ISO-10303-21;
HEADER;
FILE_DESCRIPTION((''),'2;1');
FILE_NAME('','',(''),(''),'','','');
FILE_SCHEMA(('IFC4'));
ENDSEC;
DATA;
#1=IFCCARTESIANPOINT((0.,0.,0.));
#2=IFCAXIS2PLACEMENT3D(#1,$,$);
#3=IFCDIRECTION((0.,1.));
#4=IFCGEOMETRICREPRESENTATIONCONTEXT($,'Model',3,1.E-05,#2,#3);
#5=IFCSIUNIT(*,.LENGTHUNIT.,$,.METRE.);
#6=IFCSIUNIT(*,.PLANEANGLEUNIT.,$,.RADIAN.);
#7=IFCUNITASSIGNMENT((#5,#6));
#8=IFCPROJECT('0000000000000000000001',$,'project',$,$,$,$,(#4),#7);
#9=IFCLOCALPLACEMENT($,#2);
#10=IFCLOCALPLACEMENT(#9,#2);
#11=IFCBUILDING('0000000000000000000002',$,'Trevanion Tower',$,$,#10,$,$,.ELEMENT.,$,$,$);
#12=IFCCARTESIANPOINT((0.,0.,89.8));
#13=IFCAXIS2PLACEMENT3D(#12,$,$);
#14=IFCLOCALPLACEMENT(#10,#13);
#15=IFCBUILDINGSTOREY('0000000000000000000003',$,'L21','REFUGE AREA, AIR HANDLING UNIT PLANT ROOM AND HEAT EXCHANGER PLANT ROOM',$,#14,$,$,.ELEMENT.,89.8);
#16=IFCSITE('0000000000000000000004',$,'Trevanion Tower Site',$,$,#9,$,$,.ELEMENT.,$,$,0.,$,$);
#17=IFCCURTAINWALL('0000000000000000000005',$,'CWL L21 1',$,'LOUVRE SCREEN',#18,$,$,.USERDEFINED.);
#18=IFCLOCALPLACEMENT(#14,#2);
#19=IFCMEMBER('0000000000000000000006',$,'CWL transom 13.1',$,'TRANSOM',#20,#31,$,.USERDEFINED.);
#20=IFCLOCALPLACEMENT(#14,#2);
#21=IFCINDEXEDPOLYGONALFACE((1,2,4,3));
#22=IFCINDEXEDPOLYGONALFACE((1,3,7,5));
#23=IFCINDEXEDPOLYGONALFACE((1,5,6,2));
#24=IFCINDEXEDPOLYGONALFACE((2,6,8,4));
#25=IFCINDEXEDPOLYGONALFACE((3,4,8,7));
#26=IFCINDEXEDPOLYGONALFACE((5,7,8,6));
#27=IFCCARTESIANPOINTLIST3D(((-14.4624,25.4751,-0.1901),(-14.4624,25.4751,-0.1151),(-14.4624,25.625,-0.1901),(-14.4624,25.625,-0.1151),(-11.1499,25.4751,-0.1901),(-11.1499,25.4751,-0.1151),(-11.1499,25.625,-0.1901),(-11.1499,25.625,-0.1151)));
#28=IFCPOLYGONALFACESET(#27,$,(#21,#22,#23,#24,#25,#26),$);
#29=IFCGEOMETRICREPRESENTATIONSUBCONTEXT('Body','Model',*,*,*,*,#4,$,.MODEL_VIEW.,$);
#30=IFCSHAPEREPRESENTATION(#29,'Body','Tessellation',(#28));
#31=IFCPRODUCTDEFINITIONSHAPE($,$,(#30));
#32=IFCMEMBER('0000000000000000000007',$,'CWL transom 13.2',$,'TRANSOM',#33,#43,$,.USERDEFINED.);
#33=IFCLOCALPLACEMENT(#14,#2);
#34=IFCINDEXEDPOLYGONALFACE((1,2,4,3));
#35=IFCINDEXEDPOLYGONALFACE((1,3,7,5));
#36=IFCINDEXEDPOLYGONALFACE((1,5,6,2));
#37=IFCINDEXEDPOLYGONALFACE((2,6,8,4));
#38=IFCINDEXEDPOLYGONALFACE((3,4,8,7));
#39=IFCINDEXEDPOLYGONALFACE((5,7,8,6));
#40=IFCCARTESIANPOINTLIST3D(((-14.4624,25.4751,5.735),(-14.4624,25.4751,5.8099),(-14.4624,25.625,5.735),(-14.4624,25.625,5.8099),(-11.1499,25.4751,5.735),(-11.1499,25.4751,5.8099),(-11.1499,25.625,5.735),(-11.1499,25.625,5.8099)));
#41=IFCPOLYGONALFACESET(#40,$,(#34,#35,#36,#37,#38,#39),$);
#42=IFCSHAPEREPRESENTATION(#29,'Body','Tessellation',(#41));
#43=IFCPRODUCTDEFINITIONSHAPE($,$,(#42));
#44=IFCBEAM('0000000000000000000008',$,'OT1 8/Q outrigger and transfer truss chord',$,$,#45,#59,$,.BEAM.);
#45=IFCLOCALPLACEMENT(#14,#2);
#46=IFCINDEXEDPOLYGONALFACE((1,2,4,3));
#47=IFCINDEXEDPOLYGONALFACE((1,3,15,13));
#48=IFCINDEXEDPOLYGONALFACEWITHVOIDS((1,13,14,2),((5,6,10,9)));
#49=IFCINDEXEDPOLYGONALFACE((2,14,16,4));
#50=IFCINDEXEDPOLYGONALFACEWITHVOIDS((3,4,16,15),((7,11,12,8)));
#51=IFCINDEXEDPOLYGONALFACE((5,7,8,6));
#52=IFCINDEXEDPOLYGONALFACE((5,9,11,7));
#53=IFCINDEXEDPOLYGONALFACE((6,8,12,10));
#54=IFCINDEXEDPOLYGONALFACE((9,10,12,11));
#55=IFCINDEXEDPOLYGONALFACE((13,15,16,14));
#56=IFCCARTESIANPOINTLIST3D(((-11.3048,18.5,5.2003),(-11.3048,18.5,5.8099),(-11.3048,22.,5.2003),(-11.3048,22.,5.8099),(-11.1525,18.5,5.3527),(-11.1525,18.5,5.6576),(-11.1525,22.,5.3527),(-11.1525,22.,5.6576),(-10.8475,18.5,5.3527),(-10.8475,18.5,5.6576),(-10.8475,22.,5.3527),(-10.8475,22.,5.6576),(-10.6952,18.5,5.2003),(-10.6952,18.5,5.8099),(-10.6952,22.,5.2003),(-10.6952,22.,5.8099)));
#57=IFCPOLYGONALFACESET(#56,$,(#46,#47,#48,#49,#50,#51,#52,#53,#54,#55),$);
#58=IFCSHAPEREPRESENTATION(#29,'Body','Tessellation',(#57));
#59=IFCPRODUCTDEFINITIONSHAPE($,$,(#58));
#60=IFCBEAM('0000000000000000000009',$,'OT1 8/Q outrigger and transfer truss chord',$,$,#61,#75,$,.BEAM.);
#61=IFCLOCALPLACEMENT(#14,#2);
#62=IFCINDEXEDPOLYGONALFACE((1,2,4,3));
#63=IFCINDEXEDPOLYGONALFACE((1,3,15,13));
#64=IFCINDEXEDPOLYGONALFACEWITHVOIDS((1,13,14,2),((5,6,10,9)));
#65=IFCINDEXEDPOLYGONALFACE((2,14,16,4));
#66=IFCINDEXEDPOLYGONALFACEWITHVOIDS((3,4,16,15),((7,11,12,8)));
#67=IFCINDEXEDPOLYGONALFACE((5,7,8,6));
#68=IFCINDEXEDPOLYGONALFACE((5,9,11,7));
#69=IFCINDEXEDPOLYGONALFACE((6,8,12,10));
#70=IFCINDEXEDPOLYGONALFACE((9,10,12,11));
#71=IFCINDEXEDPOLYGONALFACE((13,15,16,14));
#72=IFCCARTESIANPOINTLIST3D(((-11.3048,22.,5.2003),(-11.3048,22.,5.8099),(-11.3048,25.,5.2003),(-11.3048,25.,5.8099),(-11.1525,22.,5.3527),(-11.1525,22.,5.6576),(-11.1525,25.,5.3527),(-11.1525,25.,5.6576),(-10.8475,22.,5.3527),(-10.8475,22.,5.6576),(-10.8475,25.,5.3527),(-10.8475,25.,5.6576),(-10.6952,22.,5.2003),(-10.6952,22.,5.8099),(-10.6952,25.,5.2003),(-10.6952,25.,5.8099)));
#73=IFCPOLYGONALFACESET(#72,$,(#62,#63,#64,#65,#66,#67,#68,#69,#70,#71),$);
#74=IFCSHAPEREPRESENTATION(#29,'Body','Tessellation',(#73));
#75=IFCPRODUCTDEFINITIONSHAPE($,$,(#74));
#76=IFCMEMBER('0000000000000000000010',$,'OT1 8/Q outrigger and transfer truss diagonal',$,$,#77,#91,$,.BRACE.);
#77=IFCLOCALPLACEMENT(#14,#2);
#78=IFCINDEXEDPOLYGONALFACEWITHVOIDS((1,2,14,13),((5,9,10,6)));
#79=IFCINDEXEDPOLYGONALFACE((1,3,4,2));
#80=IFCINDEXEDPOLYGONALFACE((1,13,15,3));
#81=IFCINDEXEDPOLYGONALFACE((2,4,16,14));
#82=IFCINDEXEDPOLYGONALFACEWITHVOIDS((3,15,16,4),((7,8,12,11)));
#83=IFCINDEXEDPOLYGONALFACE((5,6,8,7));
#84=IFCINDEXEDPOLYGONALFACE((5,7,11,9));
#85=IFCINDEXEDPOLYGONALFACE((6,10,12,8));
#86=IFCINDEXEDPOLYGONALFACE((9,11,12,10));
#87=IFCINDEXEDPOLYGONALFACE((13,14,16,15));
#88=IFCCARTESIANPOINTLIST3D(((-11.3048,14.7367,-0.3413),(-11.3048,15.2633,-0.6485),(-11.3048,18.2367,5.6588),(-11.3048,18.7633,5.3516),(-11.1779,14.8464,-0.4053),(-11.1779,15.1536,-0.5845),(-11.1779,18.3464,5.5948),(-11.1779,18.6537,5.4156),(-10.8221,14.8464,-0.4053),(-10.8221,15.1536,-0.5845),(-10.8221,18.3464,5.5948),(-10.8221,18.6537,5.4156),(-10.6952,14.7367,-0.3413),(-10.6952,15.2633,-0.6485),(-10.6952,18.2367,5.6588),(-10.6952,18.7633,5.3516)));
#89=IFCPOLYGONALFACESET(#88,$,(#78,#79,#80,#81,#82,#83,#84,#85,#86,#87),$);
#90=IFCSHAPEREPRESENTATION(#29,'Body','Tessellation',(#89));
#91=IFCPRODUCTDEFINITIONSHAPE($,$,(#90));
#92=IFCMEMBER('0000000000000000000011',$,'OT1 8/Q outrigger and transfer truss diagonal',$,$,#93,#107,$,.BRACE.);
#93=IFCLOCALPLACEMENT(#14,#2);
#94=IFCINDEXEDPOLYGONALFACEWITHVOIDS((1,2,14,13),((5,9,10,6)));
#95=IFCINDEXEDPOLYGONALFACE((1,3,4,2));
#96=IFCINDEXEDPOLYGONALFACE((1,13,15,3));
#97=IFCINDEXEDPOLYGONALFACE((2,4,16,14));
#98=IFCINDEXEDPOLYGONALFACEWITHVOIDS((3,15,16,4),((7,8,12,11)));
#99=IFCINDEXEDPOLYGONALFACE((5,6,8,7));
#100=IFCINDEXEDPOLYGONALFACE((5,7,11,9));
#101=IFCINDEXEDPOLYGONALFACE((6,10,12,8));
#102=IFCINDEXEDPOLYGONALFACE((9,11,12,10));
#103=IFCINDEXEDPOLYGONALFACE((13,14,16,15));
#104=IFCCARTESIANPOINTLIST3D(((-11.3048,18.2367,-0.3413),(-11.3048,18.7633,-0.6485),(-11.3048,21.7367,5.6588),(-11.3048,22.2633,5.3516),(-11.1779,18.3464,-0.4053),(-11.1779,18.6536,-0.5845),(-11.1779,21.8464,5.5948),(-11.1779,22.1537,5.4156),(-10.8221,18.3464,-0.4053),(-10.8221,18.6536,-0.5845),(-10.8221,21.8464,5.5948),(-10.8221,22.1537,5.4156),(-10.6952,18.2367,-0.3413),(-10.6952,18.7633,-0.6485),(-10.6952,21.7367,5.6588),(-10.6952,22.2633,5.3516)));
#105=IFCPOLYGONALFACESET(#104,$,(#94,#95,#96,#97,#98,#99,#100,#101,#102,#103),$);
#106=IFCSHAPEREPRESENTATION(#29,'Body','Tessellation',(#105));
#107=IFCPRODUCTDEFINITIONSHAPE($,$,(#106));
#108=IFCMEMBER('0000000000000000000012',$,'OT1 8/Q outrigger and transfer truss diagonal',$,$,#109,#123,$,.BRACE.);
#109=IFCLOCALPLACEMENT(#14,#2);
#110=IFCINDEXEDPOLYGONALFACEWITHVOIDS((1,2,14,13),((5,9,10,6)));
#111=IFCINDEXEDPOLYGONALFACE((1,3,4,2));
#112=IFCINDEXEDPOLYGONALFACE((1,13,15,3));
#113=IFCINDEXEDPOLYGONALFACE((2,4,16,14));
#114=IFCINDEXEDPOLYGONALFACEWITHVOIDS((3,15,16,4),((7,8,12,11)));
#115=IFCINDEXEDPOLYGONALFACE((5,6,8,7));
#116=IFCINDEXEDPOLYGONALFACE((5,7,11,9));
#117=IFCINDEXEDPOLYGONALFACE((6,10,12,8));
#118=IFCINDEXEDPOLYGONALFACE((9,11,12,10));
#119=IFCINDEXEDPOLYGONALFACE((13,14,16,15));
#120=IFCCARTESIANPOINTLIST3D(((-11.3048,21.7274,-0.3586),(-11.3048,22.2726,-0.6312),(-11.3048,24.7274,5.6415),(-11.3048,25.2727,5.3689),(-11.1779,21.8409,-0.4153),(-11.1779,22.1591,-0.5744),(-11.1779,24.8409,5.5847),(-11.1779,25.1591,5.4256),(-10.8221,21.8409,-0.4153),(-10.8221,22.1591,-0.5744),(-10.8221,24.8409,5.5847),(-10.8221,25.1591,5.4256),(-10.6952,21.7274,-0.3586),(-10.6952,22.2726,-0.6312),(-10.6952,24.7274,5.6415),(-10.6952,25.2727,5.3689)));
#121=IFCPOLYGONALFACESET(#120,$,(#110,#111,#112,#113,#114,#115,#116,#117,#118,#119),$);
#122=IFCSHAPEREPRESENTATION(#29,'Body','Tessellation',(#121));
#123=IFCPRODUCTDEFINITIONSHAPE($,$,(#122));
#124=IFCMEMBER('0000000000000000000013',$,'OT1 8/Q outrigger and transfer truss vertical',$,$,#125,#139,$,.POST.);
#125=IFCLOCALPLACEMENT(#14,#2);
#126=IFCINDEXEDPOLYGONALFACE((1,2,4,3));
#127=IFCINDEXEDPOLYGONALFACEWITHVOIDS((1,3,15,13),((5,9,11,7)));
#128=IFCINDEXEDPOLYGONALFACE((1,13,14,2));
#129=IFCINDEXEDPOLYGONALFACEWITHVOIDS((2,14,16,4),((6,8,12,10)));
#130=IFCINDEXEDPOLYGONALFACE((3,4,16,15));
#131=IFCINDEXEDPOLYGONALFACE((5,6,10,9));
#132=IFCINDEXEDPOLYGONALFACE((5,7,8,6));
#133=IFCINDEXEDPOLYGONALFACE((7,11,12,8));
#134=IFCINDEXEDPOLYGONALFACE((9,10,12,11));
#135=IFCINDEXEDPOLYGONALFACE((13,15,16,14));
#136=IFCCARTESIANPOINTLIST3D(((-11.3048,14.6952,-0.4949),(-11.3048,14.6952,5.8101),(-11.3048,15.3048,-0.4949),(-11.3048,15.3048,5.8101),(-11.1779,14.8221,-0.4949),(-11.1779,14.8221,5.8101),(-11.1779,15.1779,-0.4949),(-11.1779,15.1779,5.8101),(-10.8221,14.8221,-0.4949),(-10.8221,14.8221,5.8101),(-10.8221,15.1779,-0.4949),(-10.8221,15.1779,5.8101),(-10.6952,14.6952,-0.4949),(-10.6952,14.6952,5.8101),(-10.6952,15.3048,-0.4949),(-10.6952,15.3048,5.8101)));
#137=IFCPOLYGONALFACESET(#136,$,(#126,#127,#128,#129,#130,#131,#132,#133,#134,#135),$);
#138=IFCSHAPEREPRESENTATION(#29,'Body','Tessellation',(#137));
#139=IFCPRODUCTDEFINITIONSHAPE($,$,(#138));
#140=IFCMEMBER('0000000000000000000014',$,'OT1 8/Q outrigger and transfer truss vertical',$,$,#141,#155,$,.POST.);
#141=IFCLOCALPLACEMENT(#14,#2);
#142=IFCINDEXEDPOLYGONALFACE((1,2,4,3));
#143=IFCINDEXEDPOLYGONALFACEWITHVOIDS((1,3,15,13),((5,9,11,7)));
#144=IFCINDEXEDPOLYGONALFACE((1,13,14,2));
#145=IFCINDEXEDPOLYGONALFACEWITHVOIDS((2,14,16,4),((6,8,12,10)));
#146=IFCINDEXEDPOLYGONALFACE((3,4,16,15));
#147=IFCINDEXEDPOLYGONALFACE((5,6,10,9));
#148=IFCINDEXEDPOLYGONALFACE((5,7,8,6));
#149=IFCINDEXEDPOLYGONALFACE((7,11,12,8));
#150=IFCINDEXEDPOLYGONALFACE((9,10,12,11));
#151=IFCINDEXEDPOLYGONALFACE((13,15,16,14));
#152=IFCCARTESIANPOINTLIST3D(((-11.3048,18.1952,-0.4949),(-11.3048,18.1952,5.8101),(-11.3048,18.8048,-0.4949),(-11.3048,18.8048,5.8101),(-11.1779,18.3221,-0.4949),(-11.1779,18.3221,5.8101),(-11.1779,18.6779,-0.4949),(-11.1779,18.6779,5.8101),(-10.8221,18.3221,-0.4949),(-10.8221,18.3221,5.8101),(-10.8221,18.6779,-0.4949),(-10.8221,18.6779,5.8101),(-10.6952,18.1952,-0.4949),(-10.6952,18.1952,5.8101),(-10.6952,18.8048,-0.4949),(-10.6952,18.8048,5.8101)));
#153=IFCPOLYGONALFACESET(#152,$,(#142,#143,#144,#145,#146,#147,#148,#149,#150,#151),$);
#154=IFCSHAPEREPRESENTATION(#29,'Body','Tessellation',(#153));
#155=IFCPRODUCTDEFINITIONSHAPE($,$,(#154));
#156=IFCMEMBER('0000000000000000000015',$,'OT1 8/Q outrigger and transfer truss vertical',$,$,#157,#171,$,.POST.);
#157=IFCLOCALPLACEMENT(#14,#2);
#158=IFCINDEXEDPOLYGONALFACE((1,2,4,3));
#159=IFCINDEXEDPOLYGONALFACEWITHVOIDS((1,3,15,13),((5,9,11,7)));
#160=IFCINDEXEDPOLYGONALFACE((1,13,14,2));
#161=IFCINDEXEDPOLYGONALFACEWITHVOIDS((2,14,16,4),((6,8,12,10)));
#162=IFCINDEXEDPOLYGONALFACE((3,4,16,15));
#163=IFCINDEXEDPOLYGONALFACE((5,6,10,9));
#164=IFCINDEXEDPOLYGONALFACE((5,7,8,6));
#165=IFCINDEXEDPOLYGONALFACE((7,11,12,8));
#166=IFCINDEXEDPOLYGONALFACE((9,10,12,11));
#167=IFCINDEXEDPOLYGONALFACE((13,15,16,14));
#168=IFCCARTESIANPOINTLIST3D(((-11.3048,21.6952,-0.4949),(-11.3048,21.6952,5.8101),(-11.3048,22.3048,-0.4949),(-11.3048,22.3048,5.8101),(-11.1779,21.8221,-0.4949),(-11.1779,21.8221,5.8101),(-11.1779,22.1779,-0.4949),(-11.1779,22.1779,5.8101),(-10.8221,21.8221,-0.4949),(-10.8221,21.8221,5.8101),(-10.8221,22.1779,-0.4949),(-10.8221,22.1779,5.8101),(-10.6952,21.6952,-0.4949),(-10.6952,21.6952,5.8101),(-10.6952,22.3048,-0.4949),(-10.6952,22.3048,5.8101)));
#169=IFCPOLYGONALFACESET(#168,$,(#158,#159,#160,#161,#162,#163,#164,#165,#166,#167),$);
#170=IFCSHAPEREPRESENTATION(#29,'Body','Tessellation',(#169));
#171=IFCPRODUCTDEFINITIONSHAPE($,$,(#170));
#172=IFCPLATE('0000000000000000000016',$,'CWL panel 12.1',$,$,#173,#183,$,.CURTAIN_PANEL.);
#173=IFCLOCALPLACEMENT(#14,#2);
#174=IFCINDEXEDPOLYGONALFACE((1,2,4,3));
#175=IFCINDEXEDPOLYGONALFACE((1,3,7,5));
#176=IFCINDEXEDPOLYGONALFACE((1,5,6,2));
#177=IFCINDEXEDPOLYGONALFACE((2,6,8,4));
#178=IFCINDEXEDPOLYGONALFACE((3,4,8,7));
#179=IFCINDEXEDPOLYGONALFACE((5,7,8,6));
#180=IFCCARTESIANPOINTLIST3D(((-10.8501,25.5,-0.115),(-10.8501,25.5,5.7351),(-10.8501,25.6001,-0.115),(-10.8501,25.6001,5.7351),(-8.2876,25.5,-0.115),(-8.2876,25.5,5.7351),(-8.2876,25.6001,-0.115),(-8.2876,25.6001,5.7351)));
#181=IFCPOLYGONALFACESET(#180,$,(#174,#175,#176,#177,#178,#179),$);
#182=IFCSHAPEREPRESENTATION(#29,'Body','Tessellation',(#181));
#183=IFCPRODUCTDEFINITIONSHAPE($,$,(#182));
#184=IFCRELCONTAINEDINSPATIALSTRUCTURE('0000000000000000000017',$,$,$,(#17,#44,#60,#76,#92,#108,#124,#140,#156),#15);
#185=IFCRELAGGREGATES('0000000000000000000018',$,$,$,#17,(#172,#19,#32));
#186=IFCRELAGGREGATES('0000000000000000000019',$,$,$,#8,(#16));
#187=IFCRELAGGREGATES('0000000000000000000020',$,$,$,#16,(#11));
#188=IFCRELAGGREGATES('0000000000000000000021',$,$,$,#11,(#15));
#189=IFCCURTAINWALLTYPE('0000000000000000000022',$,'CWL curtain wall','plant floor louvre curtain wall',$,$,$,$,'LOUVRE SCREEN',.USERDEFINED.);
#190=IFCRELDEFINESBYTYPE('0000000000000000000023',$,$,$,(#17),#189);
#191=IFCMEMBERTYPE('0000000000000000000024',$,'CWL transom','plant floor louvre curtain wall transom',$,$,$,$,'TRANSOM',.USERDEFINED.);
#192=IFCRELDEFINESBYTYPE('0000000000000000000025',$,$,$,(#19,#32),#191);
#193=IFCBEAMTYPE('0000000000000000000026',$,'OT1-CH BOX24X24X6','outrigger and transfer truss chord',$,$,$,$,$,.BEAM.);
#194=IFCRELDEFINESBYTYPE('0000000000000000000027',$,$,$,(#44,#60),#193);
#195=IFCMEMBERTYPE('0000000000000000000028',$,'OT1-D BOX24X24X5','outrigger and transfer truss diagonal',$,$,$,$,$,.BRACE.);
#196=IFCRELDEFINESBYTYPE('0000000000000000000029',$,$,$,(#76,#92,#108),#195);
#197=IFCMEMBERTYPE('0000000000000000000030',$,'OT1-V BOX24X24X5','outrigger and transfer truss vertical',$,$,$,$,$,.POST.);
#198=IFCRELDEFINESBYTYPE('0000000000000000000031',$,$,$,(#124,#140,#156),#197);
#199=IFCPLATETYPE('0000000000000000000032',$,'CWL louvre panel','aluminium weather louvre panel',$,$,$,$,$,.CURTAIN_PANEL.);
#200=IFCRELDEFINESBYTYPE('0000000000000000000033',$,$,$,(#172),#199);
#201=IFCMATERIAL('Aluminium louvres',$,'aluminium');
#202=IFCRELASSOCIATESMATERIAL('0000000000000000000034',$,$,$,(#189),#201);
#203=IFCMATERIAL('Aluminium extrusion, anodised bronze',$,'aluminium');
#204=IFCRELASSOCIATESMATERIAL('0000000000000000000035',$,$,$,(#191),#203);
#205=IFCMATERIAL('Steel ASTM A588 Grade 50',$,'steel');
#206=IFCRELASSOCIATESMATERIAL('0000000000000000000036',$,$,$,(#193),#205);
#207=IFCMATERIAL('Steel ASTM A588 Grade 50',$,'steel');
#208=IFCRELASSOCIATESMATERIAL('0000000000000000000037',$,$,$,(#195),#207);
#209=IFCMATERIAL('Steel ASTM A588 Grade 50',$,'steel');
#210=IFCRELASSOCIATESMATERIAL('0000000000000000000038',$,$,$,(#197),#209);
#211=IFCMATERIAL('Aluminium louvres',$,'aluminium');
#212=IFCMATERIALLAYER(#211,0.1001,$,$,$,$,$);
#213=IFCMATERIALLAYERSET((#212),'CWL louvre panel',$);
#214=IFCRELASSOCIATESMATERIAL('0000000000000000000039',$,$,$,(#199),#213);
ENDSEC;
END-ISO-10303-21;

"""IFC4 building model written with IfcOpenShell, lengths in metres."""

from ifc_helpers import new_model, si_unit, direction, frame, origin, origin_2d, place, context, subcontext, project, spatial, rectangle, hollow_rectangle, extrude, material, layer, layer_set, material_profile, profile_set, type_object, element, aggregate, save


model = new_model("IFC4")

# Units and contexts
model_context = context("Model", 3, precision=1e-05, world=origin(), true_north=direction((0.0, 1.0)))
body_context = subcontext(model_context, "Body", "Model", "MODEL_VIEW")
ifc_project = project(units=[si_unit("LENGTHUNIT", "METRE"), si_unit("PLANEANGLEUNIT", "RADIAN")], contexts=[model_context])

# Site, building, storey
site_placement = place(None, origin())
site = spatial("IfcSite", under=ifc_project, at=site_placement, Name="Trevanion Tower Site", CompositionType="ELEMENT", RefElevation=0.0)
building_placement = place(site_placement, origin())
building = spatial("IfcBuilding", under=site, at=building_placement, Name="Trevanion Tower", CompositionType="ELEMENT")
storey_placement = place(building_placement, frame((0.0, 0.0, 89.8)))
storey = spatial("IfcBuildingStorey", under=building, at=storey_placement, Name="L21", Description="REFUGE AREA, AIR HANDLING UNIT PLANT ROOM AND HEAT EXCHANGER PLANT ROOM", CompositionType="ELEMENT", Elevation=89.8)

# Curtain wall, members
ifc_material_1 = material(Name="Aluminium louvres", Category="aluminium")
curtain_wall_type = type_object("IfcCurtainWallType", Name="CWL curtain wall", Description="plant floor louvre curtain wall", ElementType="LOUVRE SCREEN", PredefinedType="USERDEFINED", material=ifc_material_1)
curtain_wall_placement = place(storey_placement, origin())
curtain_wall = element("IfcCurtainWall", 1, at=curtain_wall_placement, inside=storey, type_object=curtain_wall_type, Name="CWL L21 1", ObjectType="LOUVRE SCREEN", PredefinedType="USERDEFINED")
ifc_material_2 = material(Name="Aluminium extrusion, anodised bronze", Category="aluminium")
ifc_material_profile_1 = material_profile(ifc_material_2, rectangle(XDim=0.1499, YDim=0.075, at=origin_2d()), Name="CWL transom")
ifc_profile_set_1 = profile_set([ifc_material_profile_1], Name="Aluminium extrusion, anodised bronze")
member_type_1 = type_object("IfcMemberType", Name="CWL transom", Description="plant floor louvre curtain wall transom", ElementType="TRANSOM", PredefinedType="USERDEFINED", material=ifc_profile_set_1)
member_1_placement = place(storey_placement, frame((-11.1499, 25.55, -0.1526), z_axis=(-1.0, 0.0, 0.0), x_axis=(0.0, -1.0, 0.0)))
member_1 = element("IfcMember", 2, at=member_1_placement, type_object=member_type_1, Name="CWL transom 13.1", ObjectType="TRANSOM", PredefinedType="USERDEFINED", context=body_context, shape_type="SweptSolid", body=[
    extrude(rectangle(XDim=0.1499, YDim=0.075, at=origin_2d()), origin(), (0.0, 0.0, 1.0), 3.3125),
])
member_2_placement = place(storey_placement, frame((-11.1499, 25.55, 5.7725), z_axis=(-1.0, 0.0, 0.0), x_axis=(0.0, -1.0, 0.0)))
member_2 = element("IfcMember", 3, at=member_2_placement, type_object=member_type_1, Name="CWL transom 13.2", ObjectType="TRANSOM", PredefinedType="USERDEFINED", context=body_context, shape_type="SweptSolid", body=[
    extrude(rectangle(XDim=0.1499, YDim=0.075, at=origin_2d()), origin(), (0.0, 0.0, 1.0), 3.3125),
])

# Beams
ifc_material_3 = material(Name="Steel ASTM A588 Grade 50", Category="steel")
ifc_material_profile_2 = material_profile(ifc_material_3, hollow_rectangle(XDim=0.6096, YDim=0.6096, WallThickness=0.1523, at=origin_2d()), Name="BOX24X24X6")
ifc_profile_set_2 = profile_set([ifc_material_profile_2], Name="Steel ASTM A588 Grade 50")
beam_type_1 = type_object("IfcBeamType", Name="OT1-CH BOX24X24X6", Description="outrigger and transfer truss chord", PredefinedType="BEAM", material=ifc_profile_set_2)
beam_1_placement = place(storey_placement, frame((-11.0, 18.5, 5.5051), z_axis=(0.0, 1.0, 0.0), x_axis=(-1.0, 0.0, 0.0)))
element("IfcBeam", 4, at=beam_1_placement, inside=storey, type_object=beam_type_1, Name="OT1 8/Q outrigger and transfer truss chord", PredefinedType="BEAM", context=body_context, shape_type="SweptSolid", body=[
    extrude(hollow_rectangle(XDim=0.6096, YDim=0.6096, WallThickness=0.1523, at=origin_2d()), origin(), (0.0, 0.0, 1.0), 3.5),
])
beam_2_placement = place(storey_placement, frame((-11.0, 22.0, 5.5051), z_axis=(0.0, 1.0, 0.0), x_axis=(-1.0, 0.0, 0.0)))
element("IfcBeam", 5, at=beam_2_placement, inside=storey, type_object=beam_type_1, Name="OT1 8/Q outrigger and transfer truss chord", PredefinedType="BEAM", context=body_context, shape_type="SweptSolid", body=[
    extrude(hollow_rectangle(XDim=0.6096, YDim=0.6096, WallThickness=0.1523, at=origin_2d()), origin(), (0.0, 0.0, 1.0), 3.0),
])

# Members
ifc_material_4 = material(Name="Steel ASTM A588 Grade 50", Category="steel")
ifc_material_profile_3 = material_profile(ifc_material_4, hollow_rectangle(XDim=0.6096, YDim=0.6096, WallThickness=0.127, at=origin_2d()), Name="BOX24X24X5")
ifc_profile_set_3 = profile_set([ifc_material_profile_3], Name="Steel ASTM A588 Grade 50")
member_type_2 = type_object("IfcMemberType", Name="OT1-D BOX24X24X5", Description="outrigger and transfer truss diagonal", PredefinedType="BRACE", material=ifc_profile_set_3)
for number, where, z_axis, x_axis, name in (
    (6, (-11.0, 15.0, -0.4949), (0.0, 0.503871, 0.863779), (-1.0, 0.0, 0.0), "OT1 8/Q outrigger and transfer truss diagonal"),
    (7, (-11.0, 18.5, -0.4949), (0.0, 0.503871, 0.863779), (-1.0, 0.0, 0.0), "OT1 8/Q outrigger and transfer truss diagonal"),
):
    element("IfcMember", number, at=place(storey_placement, frame(where, z_axis=z_axis, x_axis=x_axis)), inside=storey, type_object=member_type_2, Name=name, PredefinedType="BRACE", context=body_context, shape_type="SweptSolid", body=[
        extrude(hollow_rectangle(XDim=0.6096, YDim=0.6096, WallThickness=0.127, at=origin_2d()), origin(), (0.0, 0.0, 1.0), 6.9463),
    ])
member_3_placement = place(storey_placement, frame((-11.0, 22.0, -0.4949), z_axis=(0.0, 0.447214, 0.894427), x_axis=(-1.0, 0.0, 0.0)))
element("IfcMember", 8, at=member_3_placement, inside=storey, type_object=member_type_2, Name="OT1 8/Q outrigger and transfer truss diagonal", PredefinedType="BRACE", context=body_context, shape_type="SweptSolid", body=[
    extrude(hollow_rectangle(XDim=0.6096, YDim=0.6096, WallThickness=0.127, at=origin_2d()), origin(), (0.0, 0.0, 1.0), 6.7083),
])
ifc_material_5 = material(Name="Steel ASTM A588 Grade 50", Category="steel")
ifc_material_profile_4 = material_profile(ifc_material_5, hollow_rectangle(XDim=0.6096, YDim=0.6096, WallThickness=0.127, at=origin_2d()), Name="BOX24X24X5")
ifc_profile_set_4 = profile_set([ifc_material_profile_4], Name="Steel ASTM A588 Grade 50")
member_type_3 = type_object("IfcMemberType", Name="OT1-V BOX24X24X5", Description="outrigger and transfer truss vertical", PredefinedType="POST", material=ifc_profile_set_4)
for number, where, z_axis, x_axis, name in (
    (9, (-11.0, 15.0, -0.4949), (0.0, 0.0, 1.0), (1.0, 0.0, 0.0), "OT1 8/Q outrigger and transfer truss vertical"),
    (10, (-11.0, 18.5, -0.4949), (0.0, 0.0, 1.0), (1.0, 0.0, 0.0), "OT1 8/Q outrigger and transfer truss vertical"),
    (11, (-11.0, 22.0, -0.4949), (0.0, 0.0, 1.0), (1.0, 0.0, 0.0), "OT1 8/Q outrigger and transfer truss vertical"),
):
    element("IfcMember", number, at=place(storey_placement, frame(where, z_axis=z_axis, x_axis=x_axis)), inside=storey, type_object=member_type_3, Name=name, PredefinedType="POST", context=body_context, shape_type="SweptSolid", body=[
        extrude(hollow_rectangle(XDim=0.6096, YDim=0.6096, WallThickness=0.127, at=origin_2d()), origin(), (0.0, 0.0, 1.0), 6.3049),
    ])

# Plate
ifc_material_6 = material(Name="Aluminium louvres", Category="aluminium")
ifc_layer = layer(ifc_material_6, 0.1001)
ifc_layer_set = layer_set([ifc_layer], Name="CWL louvre panel")
plate_type = type_object("IfcPlateType", Name="CWL louvre panel", Description="aluminium weather louvre panel", PredefinedType="CURTAIN_PANEL", material=ifc_layer_set)
plate_placement = place(storey_placement, frame((-9.5688, 25.55, -0.115), z_axis=(0.0, 0.0, 1.0), x_axis=(-1.0, 0.0, 0.0)))
plate = element("IfcPlate", 12, at=plate_placement, type_object=plate_type, Name="CWL panel 12.1", PredefinedType="CURTAIN_PANEL", context=body_context, shape_type="SweptSolid", body=[
    extrude(rectangle(XDim=2.5625, YDim=0.1001, at=origin_2d()), origin(), (0.0, 0.0, 1.0), 5.8501),
])
aggregate(curtain_wall, [plate, member_1, member_2])

save(model, "model.ifc")
